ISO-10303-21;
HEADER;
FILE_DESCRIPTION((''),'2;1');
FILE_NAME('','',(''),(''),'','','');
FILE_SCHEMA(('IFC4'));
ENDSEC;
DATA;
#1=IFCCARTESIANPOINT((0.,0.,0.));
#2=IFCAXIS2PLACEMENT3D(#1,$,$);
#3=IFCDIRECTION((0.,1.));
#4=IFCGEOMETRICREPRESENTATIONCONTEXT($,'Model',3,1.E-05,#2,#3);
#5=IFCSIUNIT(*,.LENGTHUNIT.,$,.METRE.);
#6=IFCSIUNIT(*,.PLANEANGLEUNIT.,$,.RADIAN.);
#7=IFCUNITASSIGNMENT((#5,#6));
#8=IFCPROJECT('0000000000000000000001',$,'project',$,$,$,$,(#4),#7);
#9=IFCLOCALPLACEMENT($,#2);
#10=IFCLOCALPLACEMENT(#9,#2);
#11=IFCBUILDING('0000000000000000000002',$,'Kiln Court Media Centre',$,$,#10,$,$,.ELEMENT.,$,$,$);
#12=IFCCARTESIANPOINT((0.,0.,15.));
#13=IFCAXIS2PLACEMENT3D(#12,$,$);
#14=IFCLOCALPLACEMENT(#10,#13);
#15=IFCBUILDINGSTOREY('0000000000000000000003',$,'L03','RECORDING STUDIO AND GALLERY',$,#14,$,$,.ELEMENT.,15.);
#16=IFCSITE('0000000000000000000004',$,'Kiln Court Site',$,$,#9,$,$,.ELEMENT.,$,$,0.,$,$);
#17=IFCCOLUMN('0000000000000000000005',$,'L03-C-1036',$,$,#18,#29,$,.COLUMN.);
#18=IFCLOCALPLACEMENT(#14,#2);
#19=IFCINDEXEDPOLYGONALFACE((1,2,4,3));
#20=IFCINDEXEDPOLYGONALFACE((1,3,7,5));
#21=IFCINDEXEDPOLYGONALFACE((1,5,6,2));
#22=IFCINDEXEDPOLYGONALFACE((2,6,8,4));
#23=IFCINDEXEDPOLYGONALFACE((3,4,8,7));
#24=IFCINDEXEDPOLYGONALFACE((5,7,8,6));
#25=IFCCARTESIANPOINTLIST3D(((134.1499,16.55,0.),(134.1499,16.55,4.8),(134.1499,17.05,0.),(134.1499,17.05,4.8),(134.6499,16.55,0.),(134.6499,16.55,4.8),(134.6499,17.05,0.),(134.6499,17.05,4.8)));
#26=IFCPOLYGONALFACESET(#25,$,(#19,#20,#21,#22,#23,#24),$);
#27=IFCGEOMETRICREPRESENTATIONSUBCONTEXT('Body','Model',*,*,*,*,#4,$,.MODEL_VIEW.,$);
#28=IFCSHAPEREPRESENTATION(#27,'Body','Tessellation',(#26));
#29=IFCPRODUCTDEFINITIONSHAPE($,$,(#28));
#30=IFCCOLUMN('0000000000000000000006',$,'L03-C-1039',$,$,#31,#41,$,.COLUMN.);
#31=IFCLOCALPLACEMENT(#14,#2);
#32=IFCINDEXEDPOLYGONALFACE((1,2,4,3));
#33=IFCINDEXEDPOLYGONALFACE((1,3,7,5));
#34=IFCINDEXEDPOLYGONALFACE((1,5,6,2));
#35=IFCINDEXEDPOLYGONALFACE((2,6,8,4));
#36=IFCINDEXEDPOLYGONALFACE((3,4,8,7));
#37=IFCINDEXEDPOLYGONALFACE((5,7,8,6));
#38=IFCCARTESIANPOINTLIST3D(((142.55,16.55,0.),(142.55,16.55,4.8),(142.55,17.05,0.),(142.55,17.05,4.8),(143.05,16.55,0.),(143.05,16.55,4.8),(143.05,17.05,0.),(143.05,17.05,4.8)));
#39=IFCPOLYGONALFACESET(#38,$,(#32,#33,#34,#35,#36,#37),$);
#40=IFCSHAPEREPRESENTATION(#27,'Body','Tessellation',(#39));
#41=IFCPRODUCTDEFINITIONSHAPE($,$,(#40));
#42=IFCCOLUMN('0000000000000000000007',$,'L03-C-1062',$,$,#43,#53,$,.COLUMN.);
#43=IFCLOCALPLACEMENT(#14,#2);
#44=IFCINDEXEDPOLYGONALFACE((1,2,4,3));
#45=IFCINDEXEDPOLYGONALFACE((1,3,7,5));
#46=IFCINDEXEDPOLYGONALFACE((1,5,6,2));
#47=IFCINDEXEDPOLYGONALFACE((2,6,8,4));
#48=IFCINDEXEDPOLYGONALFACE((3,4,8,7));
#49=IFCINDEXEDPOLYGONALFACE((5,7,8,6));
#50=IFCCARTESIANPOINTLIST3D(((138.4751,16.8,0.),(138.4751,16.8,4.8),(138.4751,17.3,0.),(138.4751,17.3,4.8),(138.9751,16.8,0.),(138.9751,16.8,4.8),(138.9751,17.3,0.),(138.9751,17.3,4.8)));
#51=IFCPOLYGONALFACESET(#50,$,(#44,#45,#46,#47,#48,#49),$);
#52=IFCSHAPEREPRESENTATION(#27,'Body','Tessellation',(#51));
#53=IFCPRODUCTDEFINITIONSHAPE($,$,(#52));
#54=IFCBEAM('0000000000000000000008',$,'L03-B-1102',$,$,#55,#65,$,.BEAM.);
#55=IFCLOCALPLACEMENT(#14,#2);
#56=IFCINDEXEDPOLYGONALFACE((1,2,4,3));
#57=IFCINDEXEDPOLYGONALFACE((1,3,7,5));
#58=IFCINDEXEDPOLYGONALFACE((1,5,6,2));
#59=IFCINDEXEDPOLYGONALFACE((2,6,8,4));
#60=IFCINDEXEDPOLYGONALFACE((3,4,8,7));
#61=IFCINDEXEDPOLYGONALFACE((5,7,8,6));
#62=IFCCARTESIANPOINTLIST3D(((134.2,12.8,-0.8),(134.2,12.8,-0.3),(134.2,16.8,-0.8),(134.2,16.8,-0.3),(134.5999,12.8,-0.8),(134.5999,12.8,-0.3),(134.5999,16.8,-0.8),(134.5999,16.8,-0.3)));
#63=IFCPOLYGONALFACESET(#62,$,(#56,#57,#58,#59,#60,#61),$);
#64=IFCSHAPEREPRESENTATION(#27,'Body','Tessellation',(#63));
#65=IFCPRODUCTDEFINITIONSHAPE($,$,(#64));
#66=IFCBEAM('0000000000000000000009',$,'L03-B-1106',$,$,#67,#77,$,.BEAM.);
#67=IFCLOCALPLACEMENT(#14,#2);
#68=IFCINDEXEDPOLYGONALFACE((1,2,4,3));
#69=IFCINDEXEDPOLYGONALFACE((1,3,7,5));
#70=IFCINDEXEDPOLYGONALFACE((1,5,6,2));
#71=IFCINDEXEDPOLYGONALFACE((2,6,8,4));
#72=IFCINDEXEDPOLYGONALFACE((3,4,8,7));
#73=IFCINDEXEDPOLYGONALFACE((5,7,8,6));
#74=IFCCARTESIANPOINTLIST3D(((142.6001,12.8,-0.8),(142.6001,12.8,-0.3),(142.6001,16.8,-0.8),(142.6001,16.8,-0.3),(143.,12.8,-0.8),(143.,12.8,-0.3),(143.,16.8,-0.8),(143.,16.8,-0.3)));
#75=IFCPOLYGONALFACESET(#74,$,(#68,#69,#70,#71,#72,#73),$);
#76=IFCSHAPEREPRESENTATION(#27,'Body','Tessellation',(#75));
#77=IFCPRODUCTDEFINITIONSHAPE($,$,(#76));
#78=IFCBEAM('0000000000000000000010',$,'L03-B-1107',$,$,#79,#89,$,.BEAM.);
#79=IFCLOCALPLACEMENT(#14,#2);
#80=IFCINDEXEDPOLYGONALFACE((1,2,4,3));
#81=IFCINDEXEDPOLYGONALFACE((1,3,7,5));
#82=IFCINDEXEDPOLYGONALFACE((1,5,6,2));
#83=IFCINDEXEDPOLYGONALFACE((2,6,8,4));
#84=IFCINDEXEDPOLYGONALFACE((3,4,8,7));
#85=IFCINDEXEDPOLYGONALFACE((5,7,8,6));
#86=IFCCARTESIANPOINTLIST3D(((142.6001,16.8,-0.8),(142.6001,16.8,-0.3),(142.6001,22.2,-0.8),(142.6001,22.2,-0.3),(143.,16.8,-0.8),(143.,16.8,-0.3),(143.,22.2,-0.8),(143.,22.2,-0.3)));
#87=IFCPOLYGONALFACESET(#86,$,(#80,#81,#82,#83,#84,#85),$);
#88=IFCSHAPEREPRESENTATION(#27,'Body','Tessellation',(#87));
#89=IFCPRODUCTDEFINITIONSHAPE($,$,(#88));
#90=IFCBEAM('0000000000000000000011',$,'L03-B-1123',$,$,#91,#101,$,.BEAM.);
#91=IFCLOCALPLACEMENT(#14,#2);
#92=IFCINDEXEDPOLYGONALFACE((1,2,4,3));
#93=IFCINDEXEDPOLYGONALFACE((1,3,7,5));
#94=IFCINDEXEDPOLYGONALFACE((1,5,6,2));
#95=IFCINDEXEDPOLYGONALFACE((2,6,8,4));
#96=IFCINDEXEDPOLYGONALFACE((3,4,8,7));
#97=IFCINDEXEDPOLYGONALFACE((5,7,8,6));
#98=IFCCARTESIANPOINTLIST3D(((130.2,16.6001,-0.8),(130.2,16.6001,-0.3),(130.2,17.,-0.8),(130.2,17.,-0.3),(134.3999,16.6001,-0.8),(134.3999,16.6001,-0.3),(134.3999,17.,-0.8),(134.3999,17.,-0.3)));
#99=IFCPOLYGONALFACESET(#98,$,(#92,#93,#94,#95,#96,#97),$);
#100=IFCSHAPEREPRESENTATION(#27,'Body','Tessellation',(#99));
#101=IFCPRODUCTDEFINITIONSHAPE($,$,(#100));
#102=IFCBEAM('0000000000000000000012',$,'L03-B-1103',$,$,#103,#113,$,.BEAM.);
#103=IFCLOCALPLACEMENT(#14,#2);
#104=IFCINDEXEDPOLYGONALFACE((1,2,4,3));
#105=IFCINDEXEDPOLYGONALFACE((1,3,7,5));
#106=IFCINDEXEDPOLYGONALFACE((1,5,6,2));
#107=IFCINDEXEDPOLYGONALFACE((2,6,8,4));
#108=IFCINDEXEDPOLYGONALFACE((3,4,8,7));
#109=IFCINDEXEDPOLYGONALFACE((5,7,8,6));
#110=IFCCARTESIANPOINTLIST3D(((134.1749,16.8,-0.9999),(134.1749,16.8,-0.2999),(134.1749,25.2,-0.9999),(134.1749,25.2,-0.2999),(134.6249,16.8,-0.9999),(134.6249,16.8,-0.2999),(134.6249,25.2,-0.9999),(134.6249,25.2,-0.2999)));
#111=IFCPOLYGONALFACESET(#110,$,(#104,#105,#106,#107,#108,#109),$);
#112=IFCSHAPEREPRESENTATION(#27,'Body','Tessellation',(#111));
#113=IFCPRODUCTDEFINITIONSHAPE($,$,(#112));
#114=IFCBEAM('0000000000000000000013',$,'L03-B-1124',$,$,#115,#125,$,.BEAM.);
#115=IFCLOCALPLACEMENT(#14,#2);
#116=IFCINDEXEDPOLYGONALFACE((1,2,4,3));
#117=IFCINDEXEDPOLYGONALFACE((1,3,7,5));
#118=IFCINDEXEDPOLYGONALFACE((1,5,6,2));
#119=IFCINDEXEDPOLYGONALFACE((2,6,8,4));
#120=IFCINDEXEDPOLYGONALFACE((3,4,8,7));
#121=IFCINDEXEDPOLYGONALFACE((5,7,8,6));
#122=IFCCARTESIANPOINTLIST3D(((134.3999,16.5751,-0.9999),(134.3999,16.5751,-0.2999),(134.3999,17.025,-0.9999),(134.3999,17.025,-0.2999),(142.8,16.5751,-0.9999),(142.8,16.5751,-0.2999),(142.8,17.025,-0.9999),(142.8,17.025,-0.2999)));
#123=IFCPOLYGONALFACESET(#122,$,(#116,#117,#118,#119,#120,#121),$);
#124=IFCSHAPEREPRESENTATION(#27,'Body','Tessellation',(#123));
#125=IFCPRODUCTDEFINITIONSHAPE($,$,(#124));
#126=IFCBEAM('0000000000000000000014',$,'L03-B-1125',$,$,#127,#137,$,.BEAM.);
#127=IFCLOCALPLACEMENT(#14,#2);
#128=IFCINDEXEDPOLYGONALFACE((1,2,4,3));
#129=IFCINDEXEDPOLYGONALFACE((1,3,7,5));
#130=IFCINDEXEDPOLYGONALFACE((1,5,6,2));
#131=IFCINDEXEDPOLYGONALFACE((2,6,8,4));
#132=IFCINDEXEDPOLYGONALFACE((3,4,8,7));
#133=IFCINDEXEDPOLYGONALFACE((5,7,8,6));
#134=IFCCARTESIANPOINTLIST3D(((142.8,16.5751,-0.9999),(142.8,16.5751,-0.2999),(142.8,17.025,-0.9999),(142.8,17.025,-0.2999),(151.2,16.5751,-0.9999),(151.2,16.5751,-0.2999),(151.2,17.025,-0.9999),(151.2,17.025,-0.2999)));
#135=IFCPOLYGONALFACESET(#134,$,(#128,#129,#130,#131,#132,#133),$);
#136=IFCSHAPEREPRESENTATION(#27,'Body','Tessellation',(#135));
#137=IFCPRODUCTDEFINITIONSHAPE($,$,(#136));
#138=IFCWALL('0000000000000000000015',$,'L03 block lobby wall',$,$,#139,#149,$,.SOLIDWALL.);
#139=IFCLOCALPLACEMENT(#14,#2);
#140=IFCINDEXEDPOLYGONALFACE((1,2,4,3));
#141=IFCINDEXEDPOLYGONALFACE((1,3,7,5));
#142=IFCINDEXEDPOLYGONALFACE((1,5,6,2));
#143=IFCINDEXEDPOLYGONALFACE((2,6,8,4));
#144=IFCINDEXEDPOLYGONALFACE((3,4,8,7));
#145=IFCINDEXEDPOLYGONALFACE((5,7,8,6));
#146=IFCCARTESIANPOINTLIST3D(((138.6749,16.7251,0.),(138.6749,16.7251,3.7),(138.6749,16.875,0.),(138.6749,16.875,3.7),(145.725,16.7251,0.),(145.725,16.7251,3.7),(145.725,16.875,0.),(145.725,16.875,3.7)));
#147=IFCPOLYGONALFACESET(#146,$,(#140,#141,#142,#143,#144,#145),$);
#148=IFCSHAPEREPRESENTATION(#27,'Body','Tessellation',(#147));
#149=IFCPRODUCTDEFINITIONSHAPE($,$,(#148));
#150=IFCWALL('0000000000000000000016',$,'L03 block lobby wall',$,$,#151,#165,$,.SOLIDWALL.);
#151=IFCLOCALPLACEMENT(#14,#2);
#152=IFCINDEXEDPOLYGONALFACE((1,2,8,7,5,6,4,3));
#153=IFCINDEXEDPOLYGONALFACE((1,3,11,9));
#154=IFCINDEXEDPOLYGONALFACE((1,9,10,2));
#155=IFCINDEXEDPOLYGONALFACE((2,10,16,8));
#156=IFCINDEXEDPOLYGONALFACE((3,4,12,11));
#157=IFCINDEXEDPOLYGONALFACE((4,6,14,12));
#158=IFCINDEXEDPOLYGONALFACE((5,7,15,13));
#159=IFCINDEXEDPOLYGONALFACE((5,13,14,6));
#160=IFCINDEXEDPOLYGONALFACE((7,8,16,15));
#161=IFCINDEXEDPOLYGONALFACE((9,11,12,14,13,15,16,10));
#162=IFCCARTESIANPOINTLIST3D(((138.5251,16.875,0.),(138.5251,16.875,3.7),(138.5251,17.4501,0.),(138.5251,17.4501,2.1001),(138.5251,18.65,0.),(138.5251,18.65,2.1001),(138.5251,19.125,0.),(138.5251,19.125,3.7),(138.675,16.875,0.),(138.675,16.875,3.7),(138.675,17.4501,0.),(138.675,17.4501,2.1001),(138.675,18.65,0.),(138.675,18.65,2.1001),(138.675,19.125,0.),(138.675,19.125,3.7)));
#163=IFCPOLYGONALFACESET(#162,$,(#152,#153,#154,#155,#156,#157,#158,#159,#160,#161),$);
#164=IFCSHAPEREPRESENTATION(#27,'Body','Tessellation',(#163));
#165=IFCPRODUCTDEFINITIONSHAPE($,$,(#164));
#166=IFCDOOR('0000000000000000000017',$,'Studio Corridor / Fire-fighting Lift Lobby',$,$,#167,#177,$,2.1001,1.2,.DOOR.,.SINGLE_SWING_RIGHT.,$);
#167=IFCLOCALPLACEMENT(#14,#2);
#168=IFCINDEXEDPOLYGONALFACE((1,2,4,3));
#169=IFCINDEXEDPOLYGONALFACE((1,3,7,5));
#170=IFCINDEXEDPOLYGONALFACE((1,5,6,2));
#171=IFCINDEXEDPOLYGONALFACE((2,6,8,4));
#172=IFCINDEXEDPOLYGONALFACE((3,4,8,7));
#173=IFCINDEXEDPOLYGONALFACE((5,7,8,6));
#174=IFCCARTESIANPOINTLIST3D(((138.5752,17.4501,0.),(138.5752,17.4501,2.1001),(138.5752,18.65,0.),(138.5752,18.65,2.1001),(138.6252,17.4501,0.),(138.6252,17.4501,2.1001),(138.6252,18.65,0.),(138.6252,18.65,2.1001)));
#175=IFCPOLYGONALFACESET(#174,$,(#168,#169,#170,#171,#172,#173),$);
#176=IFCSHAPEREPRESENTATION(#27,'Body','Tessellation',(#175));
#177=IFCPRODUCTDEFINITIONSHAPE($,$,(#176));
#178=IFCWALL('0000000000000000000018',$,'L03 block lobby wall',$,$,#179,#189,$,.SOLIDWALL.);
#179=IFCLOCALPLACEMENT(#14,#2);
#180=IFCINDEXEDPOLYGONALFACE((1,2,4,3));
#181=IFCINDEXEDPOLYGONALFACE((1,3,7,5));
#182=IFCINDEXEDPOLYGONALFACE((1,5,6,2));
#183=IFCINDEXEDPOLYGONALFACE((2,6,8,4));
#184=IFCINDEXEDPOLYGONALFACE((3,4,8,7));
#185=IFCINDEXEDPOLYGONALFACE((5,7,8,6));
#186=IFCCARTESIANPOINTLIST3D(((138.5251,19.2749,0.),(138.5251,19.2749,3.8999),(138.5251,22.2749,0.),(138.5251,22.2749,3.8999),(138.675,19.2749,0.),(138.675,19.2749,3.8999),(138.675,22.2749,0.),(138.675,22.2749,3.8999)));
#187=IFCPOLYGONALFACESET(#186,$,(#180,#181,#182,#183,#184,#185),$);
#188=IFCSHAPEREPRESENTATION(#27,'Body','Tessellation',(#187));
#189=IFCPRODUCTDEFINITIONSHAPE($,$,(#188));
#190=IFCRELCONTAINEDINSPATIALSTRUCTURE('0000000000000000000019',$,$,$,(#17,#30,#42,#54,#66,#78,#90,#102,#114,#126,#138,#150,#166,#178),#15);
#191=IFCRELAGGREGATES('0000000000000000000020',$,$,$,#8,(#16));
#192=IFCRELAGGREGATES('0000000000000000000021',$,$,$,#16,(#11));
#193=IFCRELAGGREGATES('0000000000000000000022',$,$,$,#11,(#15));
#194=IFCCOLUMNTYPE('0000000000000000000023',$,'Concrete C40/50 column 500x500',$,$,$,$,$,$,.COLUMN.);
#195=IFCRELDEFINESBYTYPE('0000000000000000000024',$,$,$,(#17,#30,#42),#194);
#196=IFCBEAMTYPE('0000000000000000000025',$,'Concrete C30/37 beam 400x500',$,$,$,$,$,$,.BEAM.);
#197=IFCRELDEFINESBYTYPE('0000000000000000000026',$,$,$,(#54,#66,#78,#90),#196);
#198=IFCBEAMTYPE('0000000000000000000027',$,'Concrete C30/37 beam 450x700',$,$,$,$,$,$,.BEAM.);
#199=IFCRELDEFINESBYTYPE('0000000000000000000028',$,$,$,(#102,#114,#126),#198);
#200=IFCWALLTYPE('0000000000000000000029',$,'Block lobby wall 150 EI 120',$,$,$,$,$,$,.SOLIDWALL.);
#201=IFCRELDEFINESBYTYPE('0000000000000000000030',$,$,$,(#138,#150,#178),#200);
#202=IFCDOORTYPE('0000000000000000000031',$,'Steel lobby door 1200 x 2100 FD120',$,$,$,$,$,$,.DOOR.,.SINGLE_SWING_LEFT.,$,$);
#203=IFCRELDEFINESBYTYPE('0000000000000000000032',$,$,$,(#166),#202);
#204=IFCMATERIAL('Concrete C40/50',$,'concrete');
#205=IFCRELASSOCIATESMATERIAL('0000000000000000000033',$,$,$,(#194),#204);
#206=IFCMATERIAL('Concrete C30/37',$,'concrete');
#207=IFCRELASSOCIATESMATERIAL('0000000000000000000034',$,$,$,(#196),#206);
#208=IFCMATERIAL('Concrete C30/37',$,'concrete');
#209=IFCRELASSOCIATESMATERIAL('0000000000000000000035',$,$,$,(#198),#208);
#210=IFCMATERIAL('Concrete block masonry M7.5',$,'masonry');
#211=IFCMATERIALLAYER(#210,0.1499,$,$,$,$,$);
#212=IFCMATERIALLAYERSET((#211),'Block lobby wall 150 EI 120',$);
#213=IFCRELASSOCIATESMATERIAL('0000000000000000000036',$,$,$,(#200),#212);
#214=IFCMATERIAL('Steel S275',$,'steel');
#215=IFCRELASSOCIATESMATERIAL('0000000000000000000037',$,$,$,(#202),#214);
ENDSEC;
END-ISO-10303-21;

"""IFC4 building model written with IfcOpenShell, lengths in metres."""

from ifc_helpers import new_model, si_unit, direction, frame, frame_2d, origin, origin_2d, place, context, subcontext, project, spatial, rectangle, extrude, material, layer, layer_set, material_profile, profile_set, type_object, element, fill, save


model = new_model("IFC4")

# Units and contexts
model_context = context("Model", 3, precision=1e-05, world=origin(), true_north=direction((0.0, 1.0)))
body_context = subcontext(model_context, "Body", "Model", "MODEL_VIEW")
ifc_project = project(units=[si_unit("LENGTHUNIT", "METRE"), si_unit("PLANEANGLEUNIT", "RADIAN")], contexts=[model_context])

# Site, building, storey
site_placement = place(None, origin())
site = spatial("IfcSite", under=ifc_project, at=site_placement, Name="Kiln Court Site", CompositionType="ELEMENT", RefElevation=0.0)
building_placement = place(site_placement, origin())
building = spatial("IfcBuilding", under=site, at=building_placement, Name="Kiln Court Media Centre", CompositionType="ELEMENT")
storey_placement = place(building_placement, frame((0.0, 0.0, 15.0)))
storey = spatial("IfcBuildingStorey", under=building, at=storey_placement, Name="L03", Description="RECORDING STUDIO AND GALLERY", CompositionType="ELEMENT", Elevation=15.0)

# Columns
ifc_material_1 = material(Name="Concrete C40/50", Category="concrete")
ifc_material_profile_1 = material_profile(ifc_material_1, rectangle(XDim=0.5, YDim=0.5, at=origin_2d()), Name="RC 500x500")
ifc_profile_set_1 = profile_set([ifc_material_profile_1], Name="Concrete C40/50")
column_type = type_object("IfcColumnType", Name="Concrete C40/50 column 500x500", PredefinedType="COLUMN", material=ifc_profile_set_1)
for number, where, z_axis, x_axis, name in (
    (1, (134.3999, 16.8, 0.0), (0.0, 0.0, 1.0), (1.0, 0.0, 0.0), "L03-C-1036"),
    (2, (142.8, 16.8, 0.0), (0.0, 0.0, 1.0), (1.0, 0.0, 0.0), "L03-C-1039"),
    (3, (138.7251, 17.05, 0.0), (0.0, 0.0, 1.0), (1.0, 0.0, 0.0), "L03-C-1062"),
):
    element("IfcColumn", number, at=place(storey_placement, frame(where, z_axis=z_axis, x_axis=x_axis)), inside=storey, type_object=column_type, Name=name, PredefinedType="COLUMN", context=body_context, shape_type="SweptSolid", body=[
        extrude(rectangle(XDim=0.5, YDim=0.5, at=origin_2d()), origin(), (0.0, 0.0, 1.0), 4.8),
    ])

# Beams
ifc_material_2 = material(Name="Concrete C30/37", Category="concrete")
ifc_material_profile_2 = material_profile(ifc_material_2, rectangle(XDim=0.3999, YDim=0.5, at=origin_2d()), Name="RC 400x500")
ifc_profile_set_2 = profile_set([ifc_material_profile_2], Name="Concrete C30/37")
beam_type_1 = type_object("IfcBeamType", Name="Concrete C30/37 beam 400x500", PredefinedType="BEAM", material=ifc_profile_set_2)
for number, where, z_axis, x_axis, name in (
    (4, (134.3999, 12.8, -0.55), (0.0, 1.0, 0.0), (-1.0, 0.0, 0.0), "L03-B-1102"),
    (5, (142.8, 12.8, -0.55), (0.0, 1.0, 0.0), (-1.0, 0.0, 0.0), "L03-B-1106"),
):
    element("IfcBeam", number, at=place(storey_placement, frame(where, z_axis=z_axis, x_axis=x_axis)), inside=storey, type_object=beam_type_1, Name=name, PredefinedType="BEAM", context=body_context, shape_type="SweptSolid", body=[
        extrude(rectangle(XDim=0.3999, YDim=0.5, at=origin_2d()), origin(), (0.0, 0.0, 1.0), 4.0),
    ])
beam_1_placement = place(storey_placement, frame((142.8, 16.8, -0.55), z_axis=(0.0, 1.0, 0.0), x_axis=(-1.0, 0.0, 0.0)))
element("IfcBeam", 6, at=beam_1_placement, inside=storey, type_object=beam_type_1, Name="L03-B-1107", PredefinedType="BEAM", context=body_context, shape_type="SweptSolid", body=[
    extrude(rectangle(XDim=0.3999, YDim=0.5, at=origin_2d()), origin(), (0.0, 0.0, 1.0), 5.3999),
])
beam_2_placement = place(storey_placement, frame((130.2, 16.8, -0.55), z_axis=(1.0, 0.0, 0.0), x_axis=(0.0, 1.0, 0.0)))
element("IfcBeam", 7, at=beam_2_placement, inside=storey, type_object=beam_type_1, Name="L03-B-1123", PredefinedType="BEAM", context=body_context, shape_type="SweptSolid", body=[
    extrude(rectangle(XDim=0.3999, YDim=0.5, at=origin_2d()), origin(), (0.0, 0.0, 1.0), 4.2),
])
ifc_material_3 = material(Name="Concrete C30/37", Category="concrete")
ifc_material_profile_3 = material_profile(ifc_material_3, rectangle(XDim=0.45, YDim=0.7, at=origin_2d()), Name="RC 450x700")
ifc_profile_set_3 = profile_set([ifc_material_profile_3], Name="Concrete C30/37")
beam_type_2 = type_object("IfcBeamType", Name="Concrete C30/37 beam 450x700", PredefinedType="BEAM", material=ifc_profile_set_3)
beam_3_placement = place(storey_placement, frame((134.3999, 16.8, -0.6499), z_axis=(0.0, 1.0, 0.0), x_axis=(-1.0, 0.0, 0.0)))
element("IfcBeam", 8, at=beam_3_placement, inside=storey, type_object=beam_type_2, Name="L03-B-1103", PredefinedType="BEAM", context=body_context, shape_type="SweptSolid", body=[
    extrude(rectangle(XDim=0.45, YDim=0.7, at=origin_2d()), origin(), (0.0, 0.0, 1.0), 8.3999),
])
beam_4_placement = place(storey_placement, frame((134.3999, 16.8, -0.6499), z_axis=(1.0, 0.0, 0.0), x_axis=(0.0, 1.0, 0.0)))
element("IfcBeam", 9, at=beam_4_placement, inside=storey, type_object=beam_type_2, Name="L03-B-1124", PredefinedType="BEAM", context=body_context, shape_type="SweptSolid", body=[
    extrude(rectangle(XDim=0.45, YDim=0.7, at=origin_2d()), origin(), (0.0, 0.0, 1.0), 8.4001),
])
beam_5_placement = place(storey_placement, frame((142.8, 16.8, -0.6499), z_axis=(1.0, 0.0, 0.0), x_axis=(0.0, 1.0, 0.0)))
element("IfcBeam", 10, at=beam_5_placement, inside=storey, type_object=beam_type_2, Name="L03-B-1125", PredefinedType="BEAM", context=body_context, shape_type="SweptSolid", body=[
    extrude(rectangle(XDim=0.45, YDim=0.7, at=origin_2d()), origin(), (0.0, 0.0, 1.0), 8.3999),
])

# Wall
ifc_material_4 = material(Name="Concrete block masonry M7.5", Category="masonry")
ifc_layer_1 = layer(ifc_material_4, 0.1499)
ifc_layer_set_1 = layer_set([ifc_layer_1], Name="Block lobby wall 150 EI 120")
wall_type_1 = type_object("IfcWallType", Name="Block lobby wall 150 EI 120", PredefinedType="SOLIDWALL", material=ifc_layer_set_1)
wall_1_placement = place(storey_placement, frame((138.675, 16.8, 0.0), z_axis=(0.0, 0.0, 1.0), x_axis=(1.0, 0.0, 0.0)))
element("IfcWall", 11, at=wall_1_placement, inside=storey, type_object=wall_type_1, Name="L03 block lobby wall", PredefinedType="SOLIDWALL", context=body_context, shape_type="SweptSolid", body=[
    extrude(rectangle(XDim=7.05, YDim=0.1499, at=frame_2d((3.5249, 0.0))), origin(), (0.0, 0.0, 1.0), 3.7),
])

# Wall, opening, door
wall_2_placement = place(storey_placement, frame((138.6001, 16.875, 0.0), z_axis=(0.0, 0.0, 1.0), x_axis=(0.0, 1.0, 0.0)))
wall_2 = element("IfcWall", 12, at=wall_2_placement, inside=storey, type_object=wall_type_1, Name="L03 block lobby wall", PredefinedType="SOLIDWALL", context=body_context, shape_type="SweptSolid", body=[
    extrude(rectangle(XDim=2.25, YDim=0.1499, at=frame_2d((1.125, 0.0))), origin(), (0.0, 0.0, 1.0), 3.7),
])
opening_1_placement = place(wall_2_placement, frame((0.575, 0.0, 0.0)))
opening_1 = element("IfcOpeningElement", 13, at=opening_1_placement, cuts=wall_2, PredefinedType="OPENING", context=body_context, shape_type="SweptSolid", body=[
    extrude(rectangle(XDim=1.2, YDim=2.1001, at=frame_2d((0.6001, 1.05))), frame((0.0, 0.085, 0.0), z_axis=(0.0, -1.0, 0.0), x_axis=(1.0, 0.0, 0.0)), (0.0, 0.0, 1.0), 0.1699),
])
ifc_material_5 = material(Name="Steel S275", Category="steel")
door_type_1 = type_object("IfcDoorType", Name="Steel lobby door 1200 x 2100 FD120", OperationType="SINGLE_SWING_LEFT", PredefinedType="DOOR", material=ifc_material_5)
door_1_placement = place(opening_1_placement, origin())
door_1 = element("IfcDoor", 14, at=door_1_placement, inside=storey, type_object=door_type_1, Name="Studio Corridor / Fire-fighting Lift Lobby", OperationType="SINGLE_SWING_RIGHT", OverallHeight=2.1001, OverallWidth=1.2, PredefinedType="DOOR", context=body_context, shape_type="SweptSolid", body=[
    extrude(rectangle(XDim=1.2, YDim=2.1001, at=frame_2d((0.6001, 1.05))), frame((0.0, 0.0249, 0.0), z_axis=(0.0, -1.0, 0.0), x_axis=(1.0, 0.0, 0.0)), (0.0, 0.0, 1.0), 0.05),
])
fill(opening_1, door_1)

# Wall
wall_3_placement = place(storey_placement, frame((138.6001, 19.2749, 0.0), z_axis=(0.0, 0.0, 1.0), x_axis=(0.0, 1.0, 0.0)))
element("IfcWall", 15, at=wall_3_placement, inside=storey, type_object=wall_type_1, Name="L03 block lobby wall", PredefinedType="SOLIDWALL", context=body_context, shape_type="SweptSolid", body=[
    extrude(rectangle(XDim=3.0, YDim=0.1499, at=frame_2d((1.5, 0.0))), origin(), (0.0, 0.0, 1.0), 3.8999),
])

save(model, "model.ifc")
